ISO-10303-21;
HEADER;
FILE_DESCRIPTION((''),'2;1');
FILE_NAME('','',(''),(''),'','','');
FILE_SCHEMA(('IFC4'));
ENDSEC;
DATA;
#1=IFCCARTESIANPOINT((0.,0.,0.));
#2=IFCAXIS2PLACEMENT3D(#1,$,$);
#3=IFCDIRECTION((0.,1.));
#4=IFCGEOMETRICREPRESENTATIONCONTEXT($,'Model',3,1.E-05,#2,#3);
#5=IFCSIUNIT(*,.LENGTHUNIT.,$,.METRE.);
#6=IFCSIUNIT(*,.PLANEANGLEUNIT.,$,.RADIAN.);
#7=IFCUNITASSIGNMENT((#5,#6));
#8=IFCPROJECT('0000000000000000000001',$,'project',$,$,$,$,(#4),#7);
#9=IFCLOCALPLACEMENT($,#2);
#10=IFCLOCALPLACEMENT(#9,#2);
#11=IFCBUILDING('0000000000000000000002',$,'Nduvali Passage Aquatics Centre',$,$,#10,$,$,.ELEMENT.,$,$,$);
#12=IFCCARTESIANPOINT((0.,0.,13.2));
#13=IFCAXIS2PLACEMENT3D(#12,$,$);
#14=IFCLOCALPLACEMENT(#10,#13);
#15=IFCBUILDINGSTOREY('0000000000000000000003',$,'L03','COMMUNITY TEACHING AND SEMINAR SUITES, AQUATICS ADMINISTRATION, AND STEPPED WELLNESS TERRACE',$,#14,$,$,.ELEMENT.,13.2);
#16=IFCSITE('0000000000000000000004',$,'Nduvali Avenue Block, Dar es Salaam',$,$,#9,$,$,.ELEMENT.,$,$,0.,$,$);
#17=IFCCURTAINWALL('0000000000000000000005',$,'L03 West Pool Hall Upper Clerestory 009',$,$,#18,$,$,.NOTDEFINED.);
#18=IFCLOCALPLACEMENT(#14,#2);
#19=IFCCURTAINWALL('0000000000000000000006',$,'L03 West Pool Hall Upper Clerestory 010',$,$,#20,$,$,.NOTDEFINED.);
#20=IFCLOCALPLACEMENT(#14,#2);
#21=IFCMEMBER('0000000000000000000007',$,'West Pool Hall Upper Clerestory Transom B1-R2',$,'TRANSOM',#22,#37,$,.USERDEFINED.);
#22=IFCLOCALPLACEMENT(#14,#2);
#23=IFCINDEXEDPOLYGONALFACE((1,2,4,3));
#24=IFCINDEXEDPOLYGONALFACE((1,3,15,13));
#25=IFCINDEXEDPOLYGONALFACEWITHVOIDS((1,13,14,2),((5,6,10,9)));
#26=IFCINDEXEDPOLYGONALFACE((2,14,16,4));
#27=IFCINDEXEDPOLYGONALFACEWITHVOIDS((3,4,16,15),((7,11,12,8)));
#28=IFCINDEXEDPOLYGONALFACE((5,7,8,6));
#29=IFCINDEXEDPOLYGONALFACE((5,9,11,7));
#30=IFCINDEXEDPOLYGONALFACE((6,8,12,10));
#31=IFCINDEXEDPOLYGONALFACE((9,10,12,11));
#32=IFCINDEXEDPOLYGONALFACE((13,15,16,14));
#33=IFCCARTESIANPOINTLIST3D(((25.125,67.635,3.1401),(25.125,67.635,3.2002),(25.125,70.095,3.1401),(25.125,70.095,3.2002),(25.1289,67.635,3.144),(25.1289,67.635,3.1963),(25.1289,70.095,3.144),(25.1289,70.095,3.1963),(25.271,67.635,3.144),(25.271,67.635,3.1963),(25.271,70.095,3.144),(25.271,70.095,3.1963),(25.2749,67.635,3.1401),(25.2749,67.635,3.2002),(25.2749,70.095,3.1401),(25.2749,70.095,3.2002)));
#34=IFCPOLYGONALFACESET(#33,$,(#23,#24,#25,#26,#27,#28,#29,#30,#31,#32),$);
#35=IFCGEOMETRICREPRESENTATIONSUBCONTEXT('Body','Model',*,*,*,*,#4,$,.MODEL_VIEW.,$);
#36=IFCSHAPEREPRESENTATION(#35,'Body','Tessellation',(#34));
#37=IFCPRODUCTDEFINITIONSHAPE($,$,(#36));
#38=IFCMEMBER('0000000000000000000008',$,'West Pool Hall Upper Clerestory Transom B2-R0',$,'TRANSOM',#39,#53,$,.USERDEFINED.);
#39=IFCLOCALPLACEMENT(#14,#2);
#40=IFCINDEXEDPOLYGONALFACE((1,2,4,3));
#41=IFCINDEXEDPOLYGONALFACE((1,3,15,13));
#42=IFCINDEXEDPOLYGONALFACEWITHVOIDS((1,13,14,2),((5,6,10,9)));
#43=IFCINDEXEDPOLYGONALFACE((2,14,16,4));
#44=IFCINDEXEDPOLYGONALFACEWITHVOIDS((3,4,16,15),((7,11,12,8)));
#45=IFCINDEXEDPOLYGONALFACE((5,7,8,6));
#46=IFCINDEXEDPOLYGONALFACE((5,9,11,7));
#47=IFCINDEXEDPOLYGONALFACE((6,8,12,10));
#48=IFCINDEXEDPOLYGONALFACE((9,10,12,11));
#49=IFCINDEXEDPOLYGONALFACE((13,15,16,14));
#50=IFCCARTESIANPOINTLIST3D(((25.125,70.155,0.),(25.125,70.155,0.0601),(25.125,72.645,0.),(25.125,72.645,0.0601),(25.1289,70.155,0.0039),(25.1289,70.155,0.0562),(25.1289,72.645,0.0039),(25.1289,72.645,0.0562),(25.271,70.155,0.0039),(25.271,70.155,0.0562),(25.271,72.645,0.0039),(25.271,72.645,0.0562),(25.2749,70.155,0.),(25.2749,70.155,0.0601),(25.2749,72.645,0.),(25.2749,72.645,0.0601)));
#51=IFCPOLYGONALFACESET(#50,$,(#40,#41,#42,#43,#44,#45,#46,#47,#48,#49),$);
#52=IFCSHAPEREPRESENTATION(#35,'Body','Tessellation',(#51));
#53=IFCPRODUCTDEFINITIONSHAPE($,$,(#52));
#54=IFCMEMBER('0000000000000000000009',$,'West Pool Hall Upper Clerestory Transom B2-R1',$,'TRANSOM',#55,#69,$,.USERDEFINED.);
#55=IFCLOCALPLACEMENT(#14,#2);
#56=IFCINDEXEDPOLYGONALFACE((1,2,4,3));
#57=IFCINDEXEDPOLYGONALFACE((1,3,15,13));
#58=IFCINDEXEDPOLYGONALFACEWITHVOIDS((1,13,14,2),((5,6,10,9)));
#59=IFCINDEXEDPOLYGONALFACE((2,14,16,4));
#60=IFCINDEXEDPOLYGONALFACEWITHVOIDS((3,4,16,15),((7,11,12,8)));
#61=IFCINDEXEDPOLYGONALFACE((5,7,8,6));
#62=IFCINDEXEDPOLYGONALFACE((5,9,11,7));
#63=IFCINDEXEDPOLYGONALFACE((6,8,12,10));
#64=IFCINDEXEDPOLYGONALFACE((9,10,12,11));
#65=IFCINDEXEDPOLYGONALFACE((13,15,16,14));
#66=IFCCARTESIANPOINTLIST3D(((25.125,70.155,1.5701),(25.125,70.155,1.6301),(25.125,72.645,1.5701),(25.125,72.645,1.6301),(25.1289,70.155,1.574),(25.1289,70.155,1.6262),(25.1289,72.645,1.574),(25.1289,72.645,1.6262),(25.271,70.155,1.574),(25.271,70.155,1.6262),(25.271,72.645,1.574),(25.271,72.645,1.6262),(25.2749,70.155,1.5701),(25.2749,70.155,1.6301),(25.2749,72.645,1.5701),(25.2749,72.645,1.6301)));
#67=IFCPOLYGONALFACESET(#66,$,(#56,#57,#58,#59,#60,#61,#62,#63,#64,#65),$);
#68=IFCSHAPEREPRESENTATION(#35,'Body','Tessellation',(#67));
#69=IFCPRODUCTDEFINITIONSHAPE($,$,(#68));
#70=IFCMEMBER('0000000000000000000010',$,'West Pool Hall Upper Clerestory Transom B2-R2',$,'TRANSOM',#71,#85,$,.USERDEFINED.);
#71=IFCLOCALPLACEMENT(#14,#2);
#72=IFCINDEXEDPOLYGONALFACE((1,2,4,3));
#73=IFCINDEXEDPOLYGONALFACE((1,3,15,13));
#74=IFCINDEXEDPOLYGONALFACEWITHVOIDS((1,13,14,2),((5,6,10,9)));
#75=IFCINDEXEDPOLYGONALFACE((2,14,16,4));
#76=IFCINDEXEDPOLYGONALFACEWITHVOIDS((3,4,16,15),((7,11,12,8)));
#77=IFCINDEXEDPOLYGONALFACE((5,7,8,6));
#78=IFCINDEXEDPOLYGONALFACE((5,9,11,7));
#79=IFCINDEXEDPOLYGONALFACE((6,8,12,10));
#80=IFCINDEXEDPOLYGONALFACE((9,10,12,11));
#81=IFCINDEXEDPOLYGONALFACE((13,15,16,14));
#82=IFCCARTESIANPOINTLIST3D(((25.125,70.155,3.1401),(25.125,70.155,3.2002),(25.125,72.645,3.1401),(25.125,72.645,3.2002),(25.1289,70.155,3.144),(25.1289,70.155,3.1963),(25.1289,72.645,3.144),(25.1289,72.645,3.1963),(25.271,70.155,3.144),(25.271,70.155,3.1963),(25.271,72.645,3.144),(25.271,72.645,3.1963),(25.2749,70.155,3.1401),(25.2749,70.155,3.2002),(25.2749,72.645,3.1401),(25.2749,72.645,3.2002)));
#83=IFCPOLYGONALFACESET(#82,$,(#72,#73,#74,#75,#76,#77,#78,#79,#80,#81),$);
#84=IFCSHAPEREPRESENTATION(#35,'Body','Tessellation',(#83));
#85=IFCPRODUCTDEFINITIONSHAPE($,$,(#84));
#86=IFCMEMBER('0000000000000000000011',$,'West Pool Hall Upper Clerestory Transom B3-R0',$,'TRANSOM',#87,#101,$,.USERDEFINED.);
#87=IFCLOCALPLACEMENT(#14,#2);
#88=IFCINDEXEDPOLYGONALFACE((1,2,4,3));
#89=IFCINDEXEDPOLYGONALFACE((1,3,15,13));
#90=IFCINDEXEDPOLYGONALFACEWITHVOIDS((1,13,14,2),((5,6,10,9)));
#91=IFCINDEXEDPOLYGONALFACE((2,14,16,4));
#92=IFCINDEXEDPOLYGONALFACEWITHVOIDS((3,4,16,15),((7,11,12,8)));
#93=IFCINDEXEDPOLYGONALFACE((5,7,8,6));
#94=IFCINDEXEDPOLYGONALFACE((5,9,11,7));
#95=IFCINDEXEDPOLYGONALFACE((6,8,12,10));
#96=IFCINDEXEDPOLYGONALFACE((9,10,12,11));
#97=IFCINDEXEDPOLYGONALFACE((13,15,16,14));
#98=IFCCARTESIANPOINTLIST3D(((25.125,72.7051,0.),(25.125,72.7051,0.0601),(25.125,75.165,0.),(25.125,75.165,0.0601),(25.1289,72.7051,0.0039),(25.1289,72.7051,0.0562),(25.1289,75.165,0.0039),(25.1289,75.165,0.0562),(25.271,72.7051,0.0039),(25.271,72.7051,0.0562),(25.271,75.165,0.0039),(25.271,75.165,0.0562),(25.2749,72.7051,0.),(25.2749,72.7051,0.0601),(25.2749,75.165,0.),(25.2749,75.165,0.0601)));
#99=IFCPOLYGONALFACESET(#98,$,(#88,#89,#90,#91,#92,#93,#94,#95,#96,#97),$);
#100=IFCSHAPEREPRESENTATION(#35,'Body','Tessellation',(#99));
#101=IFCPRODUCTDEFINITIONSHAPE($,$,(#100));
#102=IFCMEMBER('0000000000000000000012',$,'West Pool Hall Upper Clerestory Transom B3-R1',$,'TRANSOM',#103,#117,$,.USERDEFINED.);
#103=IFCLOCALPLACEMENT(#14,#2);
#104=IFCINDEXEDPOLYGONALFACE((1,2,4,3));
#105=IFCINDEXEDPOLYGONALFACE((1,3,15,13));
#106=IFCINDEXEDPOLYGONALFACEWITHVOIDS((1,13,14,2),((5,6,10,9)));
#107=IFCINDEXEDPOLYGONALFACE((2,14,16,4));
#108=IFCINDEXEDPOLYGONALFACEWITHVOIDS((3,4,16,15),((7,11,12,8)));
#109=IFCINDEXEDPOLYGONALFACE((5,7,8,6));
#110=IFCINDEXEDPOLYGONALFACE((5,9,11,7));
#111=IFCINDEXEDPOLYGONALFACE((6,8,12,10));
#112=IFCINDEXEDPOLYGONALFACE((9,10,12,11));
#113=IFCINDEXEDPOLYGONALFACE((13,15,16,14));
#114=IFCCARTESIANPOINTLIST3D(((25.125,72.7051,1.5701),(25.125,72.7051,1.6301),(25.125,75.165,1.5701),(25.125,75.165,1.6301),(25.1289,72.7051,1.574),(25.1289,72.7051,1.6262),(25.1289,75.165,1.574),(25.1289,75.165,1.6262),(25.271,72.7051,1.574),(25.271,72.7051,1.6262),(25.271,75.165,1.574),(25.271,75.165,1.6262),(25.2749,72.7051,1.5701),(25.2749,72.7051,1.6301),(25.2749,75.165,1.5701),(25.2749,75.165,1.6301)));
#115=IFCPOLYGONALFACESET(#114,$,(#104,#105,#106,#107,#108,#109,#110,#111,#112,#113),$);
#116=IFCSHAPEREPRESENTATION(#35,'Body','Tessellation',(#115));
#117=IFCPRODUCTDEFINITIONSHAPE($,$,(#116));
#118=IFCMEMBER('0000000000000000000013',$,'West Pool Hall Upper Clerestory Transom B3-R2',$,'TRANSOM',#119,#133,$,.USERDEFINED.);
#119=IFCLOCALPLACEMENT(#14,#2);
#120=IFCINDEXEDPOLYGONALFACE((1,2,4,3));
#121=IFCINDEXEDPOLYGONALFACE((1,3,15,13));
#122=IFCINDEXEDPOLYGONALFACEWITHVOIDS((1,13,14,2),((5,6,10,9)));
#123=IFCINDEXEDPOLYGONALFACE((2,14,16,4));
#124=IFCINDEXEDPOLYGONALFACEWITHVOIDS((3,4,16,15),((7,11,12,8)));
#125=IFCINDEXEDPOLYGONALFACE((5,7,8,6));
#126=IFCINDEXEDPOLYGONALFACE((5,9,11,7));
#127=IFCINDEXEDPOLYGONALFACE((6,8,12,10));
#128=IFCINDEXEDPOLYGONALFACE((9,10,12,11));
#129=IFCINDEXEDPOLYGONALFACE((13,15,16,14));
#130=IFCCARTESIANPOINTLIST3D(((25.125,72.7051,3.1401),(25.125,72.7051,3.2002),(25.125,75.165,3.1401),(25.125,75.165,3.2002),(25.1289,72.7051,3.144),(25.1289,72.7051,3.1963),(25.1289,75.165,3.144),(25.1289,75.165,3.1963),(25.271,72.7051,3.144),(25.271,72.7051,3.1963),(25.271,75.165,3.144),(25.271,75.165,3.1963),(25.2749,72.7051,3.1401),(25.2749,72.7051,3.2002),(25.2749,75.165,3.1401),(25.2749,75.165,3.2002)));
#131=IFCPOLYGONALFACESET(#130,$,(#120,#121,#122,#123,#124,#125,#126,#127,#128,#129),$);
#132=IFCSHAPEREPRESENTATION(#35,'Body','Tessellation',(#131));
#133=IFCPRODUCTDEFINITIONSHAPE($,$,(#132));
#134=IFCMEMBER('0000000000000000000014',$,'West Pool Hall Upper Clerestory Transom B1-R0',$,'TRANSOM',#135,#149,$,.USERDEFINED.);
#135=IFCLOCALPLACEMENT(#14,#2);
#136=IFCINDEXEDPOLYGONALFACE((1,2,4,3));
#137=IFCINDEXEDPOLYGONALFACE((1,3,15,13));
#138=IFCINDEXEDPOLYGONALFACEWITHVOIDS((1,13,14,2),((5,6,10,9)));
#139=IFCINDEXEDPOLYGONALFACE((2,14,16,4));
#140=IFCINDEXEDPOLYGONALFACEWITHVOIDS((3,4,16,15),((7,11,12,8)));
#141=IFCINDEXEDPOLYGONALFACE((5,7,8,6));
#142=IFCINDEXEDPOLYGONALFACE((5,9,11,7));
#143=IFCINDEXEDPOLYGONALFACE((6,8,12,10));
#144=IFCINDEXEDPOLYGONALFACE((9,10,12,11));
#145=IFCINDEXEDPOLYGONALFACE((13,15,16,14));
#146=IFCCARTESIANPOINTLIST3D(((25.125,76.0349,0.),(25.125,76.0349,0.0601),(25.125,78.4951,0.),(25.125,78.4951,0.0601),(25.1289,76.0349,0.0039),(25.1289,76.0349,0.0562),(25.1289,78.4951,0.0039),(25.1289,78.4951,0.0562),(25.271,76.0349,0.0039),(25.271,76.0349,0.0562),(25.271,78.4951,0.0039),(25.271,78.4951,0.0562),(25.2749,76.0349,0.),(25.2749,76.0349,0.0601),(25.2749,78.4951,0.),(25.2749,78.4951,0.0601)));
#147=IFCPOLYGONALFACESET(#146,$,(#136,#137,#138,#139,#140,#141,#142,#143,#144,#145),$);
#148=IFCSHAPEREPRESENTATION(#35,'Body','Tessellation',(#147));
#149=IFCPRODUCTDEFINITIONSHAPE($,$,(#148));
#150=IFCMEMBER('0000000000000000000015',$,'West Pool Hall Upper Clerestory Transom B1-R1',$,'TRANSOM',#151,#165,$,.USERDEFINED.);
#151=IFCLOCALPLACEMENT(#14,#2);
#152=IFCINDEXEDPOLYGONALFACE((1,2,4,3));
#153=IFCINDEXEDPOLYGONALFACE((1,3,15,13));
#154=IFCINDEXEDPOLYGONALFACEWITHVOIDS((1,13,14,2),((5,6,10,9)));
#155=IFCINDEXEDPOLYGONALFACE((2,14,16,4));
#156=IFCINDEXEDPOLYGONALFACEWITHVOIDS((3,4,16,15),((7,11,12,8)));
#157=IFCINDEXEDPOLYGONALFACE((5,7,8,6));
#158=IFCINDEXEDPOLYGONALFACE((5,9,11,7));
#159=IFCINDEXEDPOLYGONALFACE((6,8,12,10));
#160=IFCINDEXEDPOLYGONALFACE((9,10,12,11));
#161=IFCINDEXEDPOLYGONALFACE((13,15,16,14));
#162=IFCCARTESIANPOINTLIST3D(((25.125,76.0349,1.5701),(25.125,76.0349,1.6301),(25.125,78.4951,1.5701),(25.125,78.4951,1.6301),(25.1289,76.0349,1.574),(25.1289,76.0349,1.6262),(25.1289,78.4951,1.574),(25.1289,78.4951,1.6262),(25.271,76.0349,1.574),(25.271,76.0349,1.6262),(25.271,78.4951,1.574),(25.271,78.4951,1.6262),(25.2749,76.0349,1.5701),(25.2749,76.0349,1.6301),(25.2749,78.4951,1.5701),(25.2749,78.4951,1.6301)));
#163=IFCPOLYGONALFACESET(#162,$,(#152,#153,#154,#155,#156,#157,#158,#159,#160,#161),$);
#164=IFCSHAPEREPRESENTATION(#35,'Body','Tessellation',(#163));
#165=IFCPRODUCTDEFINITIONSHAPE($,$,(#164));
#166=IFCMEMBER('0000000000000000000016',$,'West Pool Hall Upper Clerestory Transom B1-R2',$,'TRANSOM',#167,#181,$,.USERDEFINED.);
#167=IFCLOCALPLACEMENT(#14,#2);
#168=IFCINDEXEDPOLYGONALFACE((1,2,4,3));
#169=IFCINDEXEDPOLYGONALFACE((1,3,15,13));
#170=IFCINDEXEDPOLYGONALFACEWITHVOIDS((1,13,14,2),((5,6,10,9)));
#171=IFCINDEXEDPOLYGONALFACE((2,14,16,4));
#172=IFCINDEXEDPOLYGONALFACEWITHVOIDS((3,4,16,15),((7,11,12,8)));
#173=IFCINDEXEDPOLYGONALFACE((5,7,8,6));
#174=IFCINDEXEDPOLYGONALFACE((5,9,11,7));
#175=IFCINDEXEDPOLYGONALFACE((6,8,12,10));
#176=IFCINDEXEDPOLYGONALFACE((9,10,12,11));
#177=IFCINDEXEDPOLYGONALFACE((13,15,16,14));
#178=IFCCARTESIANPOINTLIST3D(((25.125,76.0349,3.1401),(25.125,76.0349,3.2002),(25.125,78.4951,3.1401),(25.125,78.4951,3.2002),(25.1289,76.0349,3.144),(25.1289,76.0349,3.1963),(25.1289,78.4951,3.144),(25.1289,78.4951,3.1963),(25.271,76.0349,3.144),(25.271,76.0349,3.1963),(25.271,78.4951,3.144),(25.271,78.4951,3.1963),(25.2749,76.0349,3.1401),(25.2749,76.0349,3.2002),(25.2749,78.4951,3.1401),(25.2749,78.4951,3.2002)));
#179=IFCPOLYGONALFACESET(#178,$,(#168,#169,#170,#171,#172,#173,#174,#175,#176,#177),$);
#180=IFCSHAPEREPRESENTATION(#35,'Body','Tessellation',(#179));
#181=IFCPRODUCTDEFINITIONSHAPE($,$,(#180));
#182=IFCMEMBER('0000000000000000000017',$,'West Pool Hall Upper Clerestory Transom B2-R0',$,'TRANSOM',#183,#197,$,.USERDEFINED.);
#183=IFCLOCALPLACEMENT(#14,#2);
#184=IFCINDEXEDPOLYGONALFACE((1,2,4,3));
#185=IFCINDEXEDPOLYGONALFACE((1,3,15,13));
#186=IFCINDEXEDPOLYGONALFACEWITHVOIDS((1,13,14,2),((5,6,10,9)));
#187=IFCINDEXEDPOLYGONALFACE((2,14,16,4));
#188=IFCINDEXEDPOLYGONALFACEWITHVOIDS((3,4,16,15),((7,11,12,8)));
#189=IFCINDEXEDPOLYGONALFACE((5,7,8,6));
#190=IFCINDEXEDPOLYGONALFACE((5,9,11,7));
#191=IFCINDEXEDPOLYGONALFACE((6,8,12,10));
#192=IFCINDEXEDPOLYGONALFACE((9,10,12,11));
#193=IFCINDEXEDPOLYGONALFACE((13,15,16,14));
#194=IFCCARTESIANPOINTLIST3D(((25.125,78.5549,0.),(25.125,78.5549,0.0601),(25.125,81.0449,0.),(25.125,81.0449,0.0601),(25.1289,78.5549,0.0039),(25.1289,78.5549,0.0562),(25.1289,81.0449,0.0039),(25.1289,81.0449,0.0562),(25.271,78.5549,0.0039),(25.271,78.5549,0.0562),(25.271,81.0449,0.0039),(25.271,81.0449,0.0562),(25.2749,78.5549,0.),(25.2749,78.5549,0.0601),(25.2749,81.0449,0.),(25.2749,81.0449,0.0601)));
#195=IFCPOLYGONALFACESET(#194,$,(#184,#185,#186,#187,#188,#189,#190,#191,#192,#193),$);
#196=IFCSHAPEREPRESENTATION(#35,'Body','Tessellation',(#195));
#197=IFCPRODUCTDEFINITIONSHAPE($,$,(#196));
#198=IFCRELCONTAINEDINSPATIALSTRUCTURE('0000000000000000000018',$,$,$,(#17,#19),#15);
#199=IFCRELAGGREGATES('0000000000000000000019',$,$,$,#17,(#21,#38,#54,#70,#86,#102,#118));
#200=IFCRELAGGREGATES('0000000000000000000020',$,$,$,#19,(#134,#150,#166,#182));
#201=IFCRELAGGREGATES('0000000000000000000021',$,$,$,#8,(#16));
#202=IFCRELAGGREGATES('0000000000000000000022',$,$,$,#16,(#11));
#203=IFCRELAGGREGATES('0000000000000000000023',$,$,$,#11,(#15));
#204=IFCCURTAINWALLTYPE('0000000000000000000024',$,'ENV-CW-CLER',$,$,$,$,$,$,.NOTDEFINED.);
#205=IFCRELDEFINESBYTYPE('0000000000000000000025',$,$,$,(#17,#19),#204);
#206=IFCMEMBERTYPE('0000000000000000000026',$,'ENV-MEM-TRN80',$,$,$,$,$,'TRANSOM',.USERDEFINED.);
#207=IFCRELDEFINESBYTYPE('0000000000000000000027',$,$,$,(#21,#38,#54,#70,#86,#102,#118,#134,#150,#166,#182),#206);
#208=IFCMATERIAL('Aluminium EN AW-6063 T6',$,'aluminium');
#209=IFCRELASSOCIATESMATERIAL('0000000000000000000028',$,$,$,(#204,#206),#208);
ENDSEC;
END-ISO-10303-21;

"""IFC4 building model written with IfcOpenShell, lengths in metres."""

from ifc_helpers import new_model, si_unit, direction, frame, origin, origin_2d, place, context, subcontext, project, spatial, hollow_rectangle, extrude, material, material_profile, profile_set, type_object, element, aggregate, save


model = new_model("IFC4")

# Units and contexts
model_context = context("Model", 3, precision=1e-05, world=origin(), true_north=direction((0.0, 1.0)))
body_context = subcontext(model_context, "Body", "Model", "MODEL_VIEW")
ifc_project = project(units=[si_unit("LENGTHUNIT", "METRE"), si_unit("PLANEANGLEUNIT", "RADIAN")], contexts=[model_context])

# Site, building, storey
site_placement = place(None, origin())
site = spatial("IfcSite", under=ifc_project, at=site_placement, Name="Nduvali Avenue Block, Dar es Salaam", CompositionType="ELEMENT", RefElevation=0.0)
building_placement = place(site_placement, origin())
building = spatial("IfcBuilding", under=site, at=building_placement, Name="Nduvali Passage Aquatics Centre", CompositionType="ELEMENT")
storey_placement = place(building_placement, frame((0.0, 0.0, 13.2)))
storey = spatial("IfcBuildingStorey", under=building, at=storey_placement, Name="L03", Description="COMMUNITY TEACHING AND SEMINAR SUITES, AQUATICS ADMINISTRATION, AND STEPPED WELLNESS TERRACE", CompositionType="ELEMENT", Elevation=13.2)

# Shared definitions
ifc_material_1 = material(Name="Aluminium EN AW-6063 T6", Category="aluminium")
curtain_wall_type = type_object("IfcCurtainWallType", Name="ENV-CW-CLER", PredefinedType="NOTDEFINED", material=ifc_material_1)

# Curtain walls
curtain_wall_1_placement = place(storey_placement, origin())
curtain_wall_1 = element("IfcCurtainWall", 1, at=curtain_wall_1_placement, inside=storey, type_object=curtain_wall_type, Name="L03 West Pool Hall Upper Clerestory 009", PredefinedType="NOTDEFINED")
curtain_wall_2_placement = place(storey_placement, origin())
curtain_wall_2 = element("IfcCurtainWall", 2, at=curtain_wall_2_placement, inside=storey, type_object=curtain_wall_type, Name="L03 West Pool Hall Upper Clerestory 010", PredefinedType="NOTDEFINED")

# Members
ifc_material_profile_1 = material_profile(ifc_material_1, hollow_rectangle(XDim=0.1499, YDim=0.0601, WallThickness=0.0039, at=origin_2d()), Name="ALU TRANSOM 150x60x4")
ifc_profile_set_1 = profile_set([ifc_material_profile_1], Name="Aluminium EN AW-6063 T6")
member_type_1 = type_object("IfcMemberType", Name="ENV-MEM-TRN80", ElementType="TRANSOM", PredefinedType="USERDEFINED", material=ifc_profile_set_1)
member_1_placement = place(storey_placement, frame((25.2, 67.635, 3.1702), z_axis=(0.0, 1.0, 0.0), x_axis=(-1.0, 0.0, 0.0)))
member_1 = element("IfcMember", 3, at=member_1_placement, type_object=member_type_1, Name="West Pool Hall Upper Clerestory Transom B1-R2", ObjectType="TRANSOM", PredefinedType="USERDEFINED", context=body_context, shape_type="SweptSolid", body=[
    extrude(hollow_rectangle(XDim=0.1499, YDim=0.0601, WallThickness=0.0039, at=origin_2d()), origin(), (0.0, 0.0, 1.0), 2.46),
])
member_2_placement = place(storey_placement, frame((25.2, 70.155, 0.03), z_axis=(0.0, 1.0, 0.0), x_axis=(-1.0, 0.0, 0.0)))
member_2 = element("IfcMember", 4, at=member_2_placement, type_object=member_type_1, Name="West Pool Hall Upper Clerestory Transom B2-R0", ObjectType="TRANSOM", PredefinedType="USERDEFINED", context=body_context, shape_type="SweptSolid", body=[
    extrude(hollow_rectangle(XDim=0.1499, YDim=0.0601, WallThickness=0.0039, at=origin_2d()), origin(), (0.0, 0.0, 1.0), 2.49),
])
member_3_placement = place(storey_placement, frame((25.2, 70.155, 1.6001), z_axis=(0.0, 1.0, 0.0), x_axis=(-1.0, 0.0, 0.0)))
member_3 = element("IfcMember", 5, at=member_3_placement, type_object=member_type_1, Name="West Pool Hall Upper Clerestory Transom B2-R1", ObjectType="TRANSOM", PredefinedType="USERDEFINED", context=body_context, shape_type="SweptSolid", body=[
    extrude(hollow_rectangle(XDim=0.1499, YDim=0.0601, WallThickness=0.0039, at=origin_2d()), origin(), (0.0, 0.0, 1.0), 2.49),
])
member_4_placement = place(storey_placement, frame((25.2, 70.155, 3.1702), z_axis=(0.0, 1.0, 0.0), x_axis=(-1.0, 0.0, 0.0)))
member_4 = element("IfcMember", 6, at=member_4_placement, type_object=member_type_1, Name="West Pool Hall Upper Clerestory Transom B2-R2", ObjectType="TRANSOM", PredefinedType="USERDEFINED", context=body_context, shape_type="SweptSolid", body=[
    extrude(hollow_rectangle(XDim=0.1499, YDim=0.0601, WallThickness=0.0039, at=origin_2d()), origin(), (0.0, 0.0, 1.0), 2.49),
])
member_5_placement = place(storey_placement, frame((25.2, 72.7051, 0.03), z_axis=(0.0, 1.0, 0.0), x_axis=(-1.0, 0.0, 0.0)))
member_5 = element("IfcMember", 7, at=member_5_placement, type_object=member_type_1, Name="West Pool Hall Upper Clerestory Transom B3-R0", ObjectType="TRANSOM", PredefinedType="USERDEFINED", context=body_context, shape_type="SweptSolid", body=[
    extrude(hollow_rectangle(XDim=0.1499, YDim=0.0601, WallThickness=0.0039, at=origin_2d()), origin(), (0.0, 0.0, 1.0), 2.46),
])
member_6_placement = place(storey_placement, frame((25.2, 72.7051, 1.6001), z_axis=(0.0, 1.0, 0.0), x_axis=(-1.0, 0.0, 0.0)))
member_6 = element("IfcMember", 8, at=member_6_placement, type_object=member_type_1, Name="West Pool Hall Upper Clerestory Transom B3-R1", ObjectType="TRANSOM", PredefinedType="USERDEFINED", context=body_context, shape_type="SweptSolid", body=[
    extrude(hollow_rectangle(XDim=0.1499, YDim=0.0601, WallThickness=0.0039, at=origin_2d()), origin(), (0.0, 0.0, 1.0), 2.46),
])
member_7_placement = place(storey_placement, frame((25.2, 72.7051, 3.1702), z_axis=(0.0, 1.0, 0.0), x_axis=(-1.0, 0.0, 0.0)))
member_7 = element("IfcMember", 9, at=member_7_placement, type_object=member_type_1, Name="West Pool Hall Upper Clerestory Transom B3-R2", ObjectType="TRANSOM", PredefinedType="USERDEFINED", context=body_context, shape_type="SweptSolid", body=[
    extrude(hollow_rectangle(XDim=0.1499, YDim=0.0601, WallThickness=0.0039, at=origin_2d()), origin(), (0.0, 0.0, 1.0), 2.46),
])
member_8_placement = place(storey_placement, frame((25.2, 76.0349, 0.03), z_axis=(0.0, 1.0, 0.0), x_axis=(-1.0, 0.0, 0.0)))
member_8 = element("IfcMember", 10, at=member_8_placement, type_object=member_type_1, Name="West Pool Hall Upper Clerestory Transom B1-R0", ObjectType="TRANSOM", PredefinedType="USERDEFINED", context=body_context, shape_type="SweptSolid", body=[
    extrude(hollow_rectangle(XDim=0.1499, YDim=0.0601, WallThickness=0.0039, at=origin_2d()), origin(), (0.0, 0.0, 1.0), 2.4602),
])
member_9_placement = place(storey_placement, frame((25.2, 76.0349, 1.6001), z_axis=(0.0, 1.0, 0.0), x_axis=(-1.0, 0.0, 0.0)))
member_9 = element("IfcMember", 11, at=member_9_placement, type_object=member_type_1, Name="West Pool Hall Upper Clerestory Transom B1-R1", ObjectType="TRANSOM", PredefinedType="USERDEFINED", context=body_context, shape_type="SweptSolid", body=[
    extrude(hollow_rectangle(XDim=0.1499, YDim=0.0601, WallThickness=0.0039, at=origin_2d()), origin(), (0.0, 0.0, 1.0), 2.4602),
])
member_10_placement = place(storey_placement, frame((25.2, 76.0349, 3.1702), z_axis=(0.0, 1.0, 0.0), x_axis=(-1.0, 0.0, 0.0)))
member_10 = element("IfcMember", 12, at=member_10_placement, type_object=member_type_1, Name="West Pool Hall Upper Clerestory Transom B1-R2", ObjectType="TRANSOM", PredefinedType="USERDEFINED", context=body_context, shape_type="SweptSolid", body=[
    extrude(hollow_rectangle(XDim=0.1499, YDim=0.0601, WallThickness=0.0039, at=origin_2d()), origin(), (0.0, 0.0, 1.0), 2.4602),
])
member_11_placement = place(storey_placement, frame((25.2, 78.5549, 0.03), z_axis=(0.0, 1.0, 0.0), x_axis=(-1.0, 0.0, 0.0)))
member_11 = element("IfcMember", 13, at=member_11_placement, type_object=member_type_1, Name="West Pool Hall Upper Clerestory Transom B2-R0", ObjectType="TRANSOM", PredefinedType="USERDEFINED", context=body_context, shape_type="SweptSolid", body=[
    extrude(hollow_rectangle(XDim=0.1499, YDim=0.0601, WallThickness=0.0039, at=origin_2d()), origin(), (0.0, 0.0, 1.0), 2.49),
])

aggregate(curtain_wall_1, [member_1, member_2, member_3, member_4, member_5, member_6, member_7])
aggregate(curtain_wall_2, [member_8, member_9, member_10, member_11])

save(model, "model.ifc")
